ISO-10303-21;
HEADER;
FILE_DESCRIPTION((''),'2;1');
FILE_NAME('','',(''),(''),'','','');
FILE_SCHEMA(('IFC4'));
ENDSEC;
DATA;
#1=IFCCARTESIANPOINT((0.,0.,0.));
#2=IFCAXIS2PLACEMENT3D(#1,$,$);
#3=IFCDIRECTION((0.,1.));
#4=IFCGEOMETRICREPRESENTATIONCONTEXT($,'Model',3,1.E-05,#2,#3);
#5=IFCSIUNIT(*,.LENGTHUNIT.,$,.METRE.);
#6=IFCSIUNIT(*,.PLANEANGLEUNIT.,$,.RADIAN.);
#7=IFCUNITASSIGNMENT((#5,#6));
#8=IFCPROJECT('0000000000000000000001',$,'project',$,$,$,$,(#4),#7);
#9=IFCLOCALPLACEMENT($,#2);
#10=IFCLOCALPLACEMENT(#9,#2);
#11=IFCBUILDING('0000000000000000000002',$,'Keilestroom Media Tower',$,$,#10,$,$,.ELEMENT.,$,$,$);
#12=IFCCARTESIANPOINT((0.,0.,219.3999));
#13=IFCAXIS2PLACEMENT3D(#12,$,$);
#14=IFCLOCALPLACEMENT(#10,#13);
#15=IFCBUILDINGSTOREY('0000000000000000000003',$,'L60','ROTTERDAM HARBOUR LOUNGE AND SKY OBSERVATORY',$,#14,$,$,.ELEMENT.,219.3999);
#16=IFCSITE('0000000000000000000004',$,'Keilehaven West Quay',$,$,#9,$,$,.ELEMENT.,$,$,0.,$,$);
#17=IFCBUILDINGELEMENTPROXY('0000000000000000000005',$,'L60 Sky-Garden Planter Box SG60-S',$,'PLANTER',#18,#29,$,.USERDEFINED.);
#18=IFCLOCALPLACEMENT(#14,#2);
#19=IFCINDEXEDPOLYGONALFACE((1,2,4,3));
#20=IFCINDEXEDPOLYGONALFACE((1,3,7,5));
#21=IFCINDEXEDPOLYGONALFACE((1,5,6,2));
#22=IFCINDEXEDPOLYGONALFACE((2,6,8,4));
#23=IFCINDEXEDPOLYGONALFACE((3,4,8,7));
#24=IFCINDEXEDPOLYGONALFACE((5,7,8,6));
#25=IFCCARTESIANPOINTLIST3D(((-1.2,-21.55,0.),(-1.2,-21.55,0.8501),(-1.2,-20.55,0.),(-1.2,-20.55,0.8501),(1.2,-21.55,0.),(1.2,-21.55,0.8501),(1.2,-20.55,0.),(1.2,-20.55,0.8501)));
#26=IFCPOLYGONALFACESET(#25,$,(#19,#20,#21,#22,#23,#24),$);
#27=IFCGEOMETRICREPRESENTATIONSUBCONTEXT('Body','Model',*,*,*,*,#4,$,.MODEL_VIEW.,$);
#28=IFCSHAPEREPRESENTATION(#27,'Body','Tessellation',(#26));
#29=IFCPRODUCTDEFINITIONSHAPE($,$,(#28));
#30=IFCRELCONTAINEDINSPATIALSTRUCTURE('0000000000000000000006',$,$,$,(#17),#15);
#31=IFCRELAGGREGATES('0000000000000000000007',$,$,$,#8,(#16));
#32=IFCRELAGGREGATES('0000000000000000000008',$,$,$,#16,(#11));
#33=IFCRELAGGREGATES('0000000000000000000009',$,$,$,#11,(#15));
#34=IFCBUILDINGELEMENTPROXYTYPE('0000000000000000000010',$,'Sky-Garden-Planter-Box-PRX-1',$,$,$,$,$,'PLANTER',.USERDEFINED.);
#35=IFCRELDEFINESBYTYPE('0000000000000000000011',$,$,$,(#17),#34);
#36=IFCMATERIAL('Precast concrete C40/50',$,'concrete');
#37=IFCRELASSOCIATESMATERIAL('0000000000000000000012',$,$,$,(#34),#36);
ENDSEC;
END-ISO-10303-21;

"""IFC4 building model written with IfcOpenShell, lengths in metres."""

from ifc_helpers import new_model, si_unit, direction, frame, origin, origin_2d, place, context, subcontext, project, spatial, rectangle, extrude, source, transform, mapped, material, type_object, element, save


model = new_model("IFC4")

# Units and contexts
model_context = context("Model", 3, precision=1e-05, world=origin(), true_north=direction((0.0, 1.0)))
body_context = subcontext(model_context, "Body", "Model", "MODEL_VIEW")
ifc_project = project(units=[si_unit("LENGTHUNIT", "METRE"), si_unit("PLANEANGLEUNIT", "RADIAN")], contexts=[model_context])

# Site, building, storey
site_placement = place(None, origin())
site = spatial("IfcSite", under=ifc_project, at=site_placement, Name="Keilehaven West Quay", CompositionType="ELEMENT", RefElevation=0.0)
building_placement = place(site_placement, origin())
building = spatial("IfcBuilding", under=site, at=building_placement, Name="Keilestroom Media Tower", CompositionType="ELEMENT")
storey_placement = place(building_placement, frame((0.0, 0.0, 219.3999)))
storey = spatial("IfcBuildingStorey", under=building, at=storey_placement, Name="L60", Description="ROTTERDAM HARBOUR LOUNGE AND SKY OBSERVATORY", CompositionType="ELEMENT", Elevation=219.3999)

# Shared definitions
ifc_material_1 = material(Name="Precast concrete C40/50", Category="concrete")

# Building element proxy
building_element_proxy_type = type_object("IfcBuildingElementProxyType", Name="Sky-Garden-Planter-Box-PRX-1", ElementType="PLANTER", PredefinedType="USERDEFINED", material=ifc_material_1)
shared_shape_1 = source(origin(), body_context, "Body", "SweptSolid", [
    extrude(rectangle(XDim=2.3999, YDim=1.0, at=origin_2d()), origin(), (0.0, 0.0, 1.0), 0.8501),
])
proxy_placement = place(storey_placement, frame((0.0, -21.05, 0.0), z_axis=(0.0, 0.0, 1.0), x_axis=(1.0, 0.0, 0.0)))
element("IfcBuildingElementProxy", 1, at=proxy_placement, inside=storey, type_object=building_element_proxy_type, Name="L60 Sky-Garden Planter Box SG60-S", ObjectType="PLANTER", PredefinedType="USERDEFINED", context=body_context, shape_type="MappedRepresentation", body=[
    mapped(shared_shape_1, transform((0.0, 0.0, 0.0), x_axis=(1.0, 0.0, 0.0), y_axis=(0.0, 1.0, 0.0), z_axis=(0.0, 0.0, 1.0), scale=1.0)),
])

save(model, "model.ifc")
